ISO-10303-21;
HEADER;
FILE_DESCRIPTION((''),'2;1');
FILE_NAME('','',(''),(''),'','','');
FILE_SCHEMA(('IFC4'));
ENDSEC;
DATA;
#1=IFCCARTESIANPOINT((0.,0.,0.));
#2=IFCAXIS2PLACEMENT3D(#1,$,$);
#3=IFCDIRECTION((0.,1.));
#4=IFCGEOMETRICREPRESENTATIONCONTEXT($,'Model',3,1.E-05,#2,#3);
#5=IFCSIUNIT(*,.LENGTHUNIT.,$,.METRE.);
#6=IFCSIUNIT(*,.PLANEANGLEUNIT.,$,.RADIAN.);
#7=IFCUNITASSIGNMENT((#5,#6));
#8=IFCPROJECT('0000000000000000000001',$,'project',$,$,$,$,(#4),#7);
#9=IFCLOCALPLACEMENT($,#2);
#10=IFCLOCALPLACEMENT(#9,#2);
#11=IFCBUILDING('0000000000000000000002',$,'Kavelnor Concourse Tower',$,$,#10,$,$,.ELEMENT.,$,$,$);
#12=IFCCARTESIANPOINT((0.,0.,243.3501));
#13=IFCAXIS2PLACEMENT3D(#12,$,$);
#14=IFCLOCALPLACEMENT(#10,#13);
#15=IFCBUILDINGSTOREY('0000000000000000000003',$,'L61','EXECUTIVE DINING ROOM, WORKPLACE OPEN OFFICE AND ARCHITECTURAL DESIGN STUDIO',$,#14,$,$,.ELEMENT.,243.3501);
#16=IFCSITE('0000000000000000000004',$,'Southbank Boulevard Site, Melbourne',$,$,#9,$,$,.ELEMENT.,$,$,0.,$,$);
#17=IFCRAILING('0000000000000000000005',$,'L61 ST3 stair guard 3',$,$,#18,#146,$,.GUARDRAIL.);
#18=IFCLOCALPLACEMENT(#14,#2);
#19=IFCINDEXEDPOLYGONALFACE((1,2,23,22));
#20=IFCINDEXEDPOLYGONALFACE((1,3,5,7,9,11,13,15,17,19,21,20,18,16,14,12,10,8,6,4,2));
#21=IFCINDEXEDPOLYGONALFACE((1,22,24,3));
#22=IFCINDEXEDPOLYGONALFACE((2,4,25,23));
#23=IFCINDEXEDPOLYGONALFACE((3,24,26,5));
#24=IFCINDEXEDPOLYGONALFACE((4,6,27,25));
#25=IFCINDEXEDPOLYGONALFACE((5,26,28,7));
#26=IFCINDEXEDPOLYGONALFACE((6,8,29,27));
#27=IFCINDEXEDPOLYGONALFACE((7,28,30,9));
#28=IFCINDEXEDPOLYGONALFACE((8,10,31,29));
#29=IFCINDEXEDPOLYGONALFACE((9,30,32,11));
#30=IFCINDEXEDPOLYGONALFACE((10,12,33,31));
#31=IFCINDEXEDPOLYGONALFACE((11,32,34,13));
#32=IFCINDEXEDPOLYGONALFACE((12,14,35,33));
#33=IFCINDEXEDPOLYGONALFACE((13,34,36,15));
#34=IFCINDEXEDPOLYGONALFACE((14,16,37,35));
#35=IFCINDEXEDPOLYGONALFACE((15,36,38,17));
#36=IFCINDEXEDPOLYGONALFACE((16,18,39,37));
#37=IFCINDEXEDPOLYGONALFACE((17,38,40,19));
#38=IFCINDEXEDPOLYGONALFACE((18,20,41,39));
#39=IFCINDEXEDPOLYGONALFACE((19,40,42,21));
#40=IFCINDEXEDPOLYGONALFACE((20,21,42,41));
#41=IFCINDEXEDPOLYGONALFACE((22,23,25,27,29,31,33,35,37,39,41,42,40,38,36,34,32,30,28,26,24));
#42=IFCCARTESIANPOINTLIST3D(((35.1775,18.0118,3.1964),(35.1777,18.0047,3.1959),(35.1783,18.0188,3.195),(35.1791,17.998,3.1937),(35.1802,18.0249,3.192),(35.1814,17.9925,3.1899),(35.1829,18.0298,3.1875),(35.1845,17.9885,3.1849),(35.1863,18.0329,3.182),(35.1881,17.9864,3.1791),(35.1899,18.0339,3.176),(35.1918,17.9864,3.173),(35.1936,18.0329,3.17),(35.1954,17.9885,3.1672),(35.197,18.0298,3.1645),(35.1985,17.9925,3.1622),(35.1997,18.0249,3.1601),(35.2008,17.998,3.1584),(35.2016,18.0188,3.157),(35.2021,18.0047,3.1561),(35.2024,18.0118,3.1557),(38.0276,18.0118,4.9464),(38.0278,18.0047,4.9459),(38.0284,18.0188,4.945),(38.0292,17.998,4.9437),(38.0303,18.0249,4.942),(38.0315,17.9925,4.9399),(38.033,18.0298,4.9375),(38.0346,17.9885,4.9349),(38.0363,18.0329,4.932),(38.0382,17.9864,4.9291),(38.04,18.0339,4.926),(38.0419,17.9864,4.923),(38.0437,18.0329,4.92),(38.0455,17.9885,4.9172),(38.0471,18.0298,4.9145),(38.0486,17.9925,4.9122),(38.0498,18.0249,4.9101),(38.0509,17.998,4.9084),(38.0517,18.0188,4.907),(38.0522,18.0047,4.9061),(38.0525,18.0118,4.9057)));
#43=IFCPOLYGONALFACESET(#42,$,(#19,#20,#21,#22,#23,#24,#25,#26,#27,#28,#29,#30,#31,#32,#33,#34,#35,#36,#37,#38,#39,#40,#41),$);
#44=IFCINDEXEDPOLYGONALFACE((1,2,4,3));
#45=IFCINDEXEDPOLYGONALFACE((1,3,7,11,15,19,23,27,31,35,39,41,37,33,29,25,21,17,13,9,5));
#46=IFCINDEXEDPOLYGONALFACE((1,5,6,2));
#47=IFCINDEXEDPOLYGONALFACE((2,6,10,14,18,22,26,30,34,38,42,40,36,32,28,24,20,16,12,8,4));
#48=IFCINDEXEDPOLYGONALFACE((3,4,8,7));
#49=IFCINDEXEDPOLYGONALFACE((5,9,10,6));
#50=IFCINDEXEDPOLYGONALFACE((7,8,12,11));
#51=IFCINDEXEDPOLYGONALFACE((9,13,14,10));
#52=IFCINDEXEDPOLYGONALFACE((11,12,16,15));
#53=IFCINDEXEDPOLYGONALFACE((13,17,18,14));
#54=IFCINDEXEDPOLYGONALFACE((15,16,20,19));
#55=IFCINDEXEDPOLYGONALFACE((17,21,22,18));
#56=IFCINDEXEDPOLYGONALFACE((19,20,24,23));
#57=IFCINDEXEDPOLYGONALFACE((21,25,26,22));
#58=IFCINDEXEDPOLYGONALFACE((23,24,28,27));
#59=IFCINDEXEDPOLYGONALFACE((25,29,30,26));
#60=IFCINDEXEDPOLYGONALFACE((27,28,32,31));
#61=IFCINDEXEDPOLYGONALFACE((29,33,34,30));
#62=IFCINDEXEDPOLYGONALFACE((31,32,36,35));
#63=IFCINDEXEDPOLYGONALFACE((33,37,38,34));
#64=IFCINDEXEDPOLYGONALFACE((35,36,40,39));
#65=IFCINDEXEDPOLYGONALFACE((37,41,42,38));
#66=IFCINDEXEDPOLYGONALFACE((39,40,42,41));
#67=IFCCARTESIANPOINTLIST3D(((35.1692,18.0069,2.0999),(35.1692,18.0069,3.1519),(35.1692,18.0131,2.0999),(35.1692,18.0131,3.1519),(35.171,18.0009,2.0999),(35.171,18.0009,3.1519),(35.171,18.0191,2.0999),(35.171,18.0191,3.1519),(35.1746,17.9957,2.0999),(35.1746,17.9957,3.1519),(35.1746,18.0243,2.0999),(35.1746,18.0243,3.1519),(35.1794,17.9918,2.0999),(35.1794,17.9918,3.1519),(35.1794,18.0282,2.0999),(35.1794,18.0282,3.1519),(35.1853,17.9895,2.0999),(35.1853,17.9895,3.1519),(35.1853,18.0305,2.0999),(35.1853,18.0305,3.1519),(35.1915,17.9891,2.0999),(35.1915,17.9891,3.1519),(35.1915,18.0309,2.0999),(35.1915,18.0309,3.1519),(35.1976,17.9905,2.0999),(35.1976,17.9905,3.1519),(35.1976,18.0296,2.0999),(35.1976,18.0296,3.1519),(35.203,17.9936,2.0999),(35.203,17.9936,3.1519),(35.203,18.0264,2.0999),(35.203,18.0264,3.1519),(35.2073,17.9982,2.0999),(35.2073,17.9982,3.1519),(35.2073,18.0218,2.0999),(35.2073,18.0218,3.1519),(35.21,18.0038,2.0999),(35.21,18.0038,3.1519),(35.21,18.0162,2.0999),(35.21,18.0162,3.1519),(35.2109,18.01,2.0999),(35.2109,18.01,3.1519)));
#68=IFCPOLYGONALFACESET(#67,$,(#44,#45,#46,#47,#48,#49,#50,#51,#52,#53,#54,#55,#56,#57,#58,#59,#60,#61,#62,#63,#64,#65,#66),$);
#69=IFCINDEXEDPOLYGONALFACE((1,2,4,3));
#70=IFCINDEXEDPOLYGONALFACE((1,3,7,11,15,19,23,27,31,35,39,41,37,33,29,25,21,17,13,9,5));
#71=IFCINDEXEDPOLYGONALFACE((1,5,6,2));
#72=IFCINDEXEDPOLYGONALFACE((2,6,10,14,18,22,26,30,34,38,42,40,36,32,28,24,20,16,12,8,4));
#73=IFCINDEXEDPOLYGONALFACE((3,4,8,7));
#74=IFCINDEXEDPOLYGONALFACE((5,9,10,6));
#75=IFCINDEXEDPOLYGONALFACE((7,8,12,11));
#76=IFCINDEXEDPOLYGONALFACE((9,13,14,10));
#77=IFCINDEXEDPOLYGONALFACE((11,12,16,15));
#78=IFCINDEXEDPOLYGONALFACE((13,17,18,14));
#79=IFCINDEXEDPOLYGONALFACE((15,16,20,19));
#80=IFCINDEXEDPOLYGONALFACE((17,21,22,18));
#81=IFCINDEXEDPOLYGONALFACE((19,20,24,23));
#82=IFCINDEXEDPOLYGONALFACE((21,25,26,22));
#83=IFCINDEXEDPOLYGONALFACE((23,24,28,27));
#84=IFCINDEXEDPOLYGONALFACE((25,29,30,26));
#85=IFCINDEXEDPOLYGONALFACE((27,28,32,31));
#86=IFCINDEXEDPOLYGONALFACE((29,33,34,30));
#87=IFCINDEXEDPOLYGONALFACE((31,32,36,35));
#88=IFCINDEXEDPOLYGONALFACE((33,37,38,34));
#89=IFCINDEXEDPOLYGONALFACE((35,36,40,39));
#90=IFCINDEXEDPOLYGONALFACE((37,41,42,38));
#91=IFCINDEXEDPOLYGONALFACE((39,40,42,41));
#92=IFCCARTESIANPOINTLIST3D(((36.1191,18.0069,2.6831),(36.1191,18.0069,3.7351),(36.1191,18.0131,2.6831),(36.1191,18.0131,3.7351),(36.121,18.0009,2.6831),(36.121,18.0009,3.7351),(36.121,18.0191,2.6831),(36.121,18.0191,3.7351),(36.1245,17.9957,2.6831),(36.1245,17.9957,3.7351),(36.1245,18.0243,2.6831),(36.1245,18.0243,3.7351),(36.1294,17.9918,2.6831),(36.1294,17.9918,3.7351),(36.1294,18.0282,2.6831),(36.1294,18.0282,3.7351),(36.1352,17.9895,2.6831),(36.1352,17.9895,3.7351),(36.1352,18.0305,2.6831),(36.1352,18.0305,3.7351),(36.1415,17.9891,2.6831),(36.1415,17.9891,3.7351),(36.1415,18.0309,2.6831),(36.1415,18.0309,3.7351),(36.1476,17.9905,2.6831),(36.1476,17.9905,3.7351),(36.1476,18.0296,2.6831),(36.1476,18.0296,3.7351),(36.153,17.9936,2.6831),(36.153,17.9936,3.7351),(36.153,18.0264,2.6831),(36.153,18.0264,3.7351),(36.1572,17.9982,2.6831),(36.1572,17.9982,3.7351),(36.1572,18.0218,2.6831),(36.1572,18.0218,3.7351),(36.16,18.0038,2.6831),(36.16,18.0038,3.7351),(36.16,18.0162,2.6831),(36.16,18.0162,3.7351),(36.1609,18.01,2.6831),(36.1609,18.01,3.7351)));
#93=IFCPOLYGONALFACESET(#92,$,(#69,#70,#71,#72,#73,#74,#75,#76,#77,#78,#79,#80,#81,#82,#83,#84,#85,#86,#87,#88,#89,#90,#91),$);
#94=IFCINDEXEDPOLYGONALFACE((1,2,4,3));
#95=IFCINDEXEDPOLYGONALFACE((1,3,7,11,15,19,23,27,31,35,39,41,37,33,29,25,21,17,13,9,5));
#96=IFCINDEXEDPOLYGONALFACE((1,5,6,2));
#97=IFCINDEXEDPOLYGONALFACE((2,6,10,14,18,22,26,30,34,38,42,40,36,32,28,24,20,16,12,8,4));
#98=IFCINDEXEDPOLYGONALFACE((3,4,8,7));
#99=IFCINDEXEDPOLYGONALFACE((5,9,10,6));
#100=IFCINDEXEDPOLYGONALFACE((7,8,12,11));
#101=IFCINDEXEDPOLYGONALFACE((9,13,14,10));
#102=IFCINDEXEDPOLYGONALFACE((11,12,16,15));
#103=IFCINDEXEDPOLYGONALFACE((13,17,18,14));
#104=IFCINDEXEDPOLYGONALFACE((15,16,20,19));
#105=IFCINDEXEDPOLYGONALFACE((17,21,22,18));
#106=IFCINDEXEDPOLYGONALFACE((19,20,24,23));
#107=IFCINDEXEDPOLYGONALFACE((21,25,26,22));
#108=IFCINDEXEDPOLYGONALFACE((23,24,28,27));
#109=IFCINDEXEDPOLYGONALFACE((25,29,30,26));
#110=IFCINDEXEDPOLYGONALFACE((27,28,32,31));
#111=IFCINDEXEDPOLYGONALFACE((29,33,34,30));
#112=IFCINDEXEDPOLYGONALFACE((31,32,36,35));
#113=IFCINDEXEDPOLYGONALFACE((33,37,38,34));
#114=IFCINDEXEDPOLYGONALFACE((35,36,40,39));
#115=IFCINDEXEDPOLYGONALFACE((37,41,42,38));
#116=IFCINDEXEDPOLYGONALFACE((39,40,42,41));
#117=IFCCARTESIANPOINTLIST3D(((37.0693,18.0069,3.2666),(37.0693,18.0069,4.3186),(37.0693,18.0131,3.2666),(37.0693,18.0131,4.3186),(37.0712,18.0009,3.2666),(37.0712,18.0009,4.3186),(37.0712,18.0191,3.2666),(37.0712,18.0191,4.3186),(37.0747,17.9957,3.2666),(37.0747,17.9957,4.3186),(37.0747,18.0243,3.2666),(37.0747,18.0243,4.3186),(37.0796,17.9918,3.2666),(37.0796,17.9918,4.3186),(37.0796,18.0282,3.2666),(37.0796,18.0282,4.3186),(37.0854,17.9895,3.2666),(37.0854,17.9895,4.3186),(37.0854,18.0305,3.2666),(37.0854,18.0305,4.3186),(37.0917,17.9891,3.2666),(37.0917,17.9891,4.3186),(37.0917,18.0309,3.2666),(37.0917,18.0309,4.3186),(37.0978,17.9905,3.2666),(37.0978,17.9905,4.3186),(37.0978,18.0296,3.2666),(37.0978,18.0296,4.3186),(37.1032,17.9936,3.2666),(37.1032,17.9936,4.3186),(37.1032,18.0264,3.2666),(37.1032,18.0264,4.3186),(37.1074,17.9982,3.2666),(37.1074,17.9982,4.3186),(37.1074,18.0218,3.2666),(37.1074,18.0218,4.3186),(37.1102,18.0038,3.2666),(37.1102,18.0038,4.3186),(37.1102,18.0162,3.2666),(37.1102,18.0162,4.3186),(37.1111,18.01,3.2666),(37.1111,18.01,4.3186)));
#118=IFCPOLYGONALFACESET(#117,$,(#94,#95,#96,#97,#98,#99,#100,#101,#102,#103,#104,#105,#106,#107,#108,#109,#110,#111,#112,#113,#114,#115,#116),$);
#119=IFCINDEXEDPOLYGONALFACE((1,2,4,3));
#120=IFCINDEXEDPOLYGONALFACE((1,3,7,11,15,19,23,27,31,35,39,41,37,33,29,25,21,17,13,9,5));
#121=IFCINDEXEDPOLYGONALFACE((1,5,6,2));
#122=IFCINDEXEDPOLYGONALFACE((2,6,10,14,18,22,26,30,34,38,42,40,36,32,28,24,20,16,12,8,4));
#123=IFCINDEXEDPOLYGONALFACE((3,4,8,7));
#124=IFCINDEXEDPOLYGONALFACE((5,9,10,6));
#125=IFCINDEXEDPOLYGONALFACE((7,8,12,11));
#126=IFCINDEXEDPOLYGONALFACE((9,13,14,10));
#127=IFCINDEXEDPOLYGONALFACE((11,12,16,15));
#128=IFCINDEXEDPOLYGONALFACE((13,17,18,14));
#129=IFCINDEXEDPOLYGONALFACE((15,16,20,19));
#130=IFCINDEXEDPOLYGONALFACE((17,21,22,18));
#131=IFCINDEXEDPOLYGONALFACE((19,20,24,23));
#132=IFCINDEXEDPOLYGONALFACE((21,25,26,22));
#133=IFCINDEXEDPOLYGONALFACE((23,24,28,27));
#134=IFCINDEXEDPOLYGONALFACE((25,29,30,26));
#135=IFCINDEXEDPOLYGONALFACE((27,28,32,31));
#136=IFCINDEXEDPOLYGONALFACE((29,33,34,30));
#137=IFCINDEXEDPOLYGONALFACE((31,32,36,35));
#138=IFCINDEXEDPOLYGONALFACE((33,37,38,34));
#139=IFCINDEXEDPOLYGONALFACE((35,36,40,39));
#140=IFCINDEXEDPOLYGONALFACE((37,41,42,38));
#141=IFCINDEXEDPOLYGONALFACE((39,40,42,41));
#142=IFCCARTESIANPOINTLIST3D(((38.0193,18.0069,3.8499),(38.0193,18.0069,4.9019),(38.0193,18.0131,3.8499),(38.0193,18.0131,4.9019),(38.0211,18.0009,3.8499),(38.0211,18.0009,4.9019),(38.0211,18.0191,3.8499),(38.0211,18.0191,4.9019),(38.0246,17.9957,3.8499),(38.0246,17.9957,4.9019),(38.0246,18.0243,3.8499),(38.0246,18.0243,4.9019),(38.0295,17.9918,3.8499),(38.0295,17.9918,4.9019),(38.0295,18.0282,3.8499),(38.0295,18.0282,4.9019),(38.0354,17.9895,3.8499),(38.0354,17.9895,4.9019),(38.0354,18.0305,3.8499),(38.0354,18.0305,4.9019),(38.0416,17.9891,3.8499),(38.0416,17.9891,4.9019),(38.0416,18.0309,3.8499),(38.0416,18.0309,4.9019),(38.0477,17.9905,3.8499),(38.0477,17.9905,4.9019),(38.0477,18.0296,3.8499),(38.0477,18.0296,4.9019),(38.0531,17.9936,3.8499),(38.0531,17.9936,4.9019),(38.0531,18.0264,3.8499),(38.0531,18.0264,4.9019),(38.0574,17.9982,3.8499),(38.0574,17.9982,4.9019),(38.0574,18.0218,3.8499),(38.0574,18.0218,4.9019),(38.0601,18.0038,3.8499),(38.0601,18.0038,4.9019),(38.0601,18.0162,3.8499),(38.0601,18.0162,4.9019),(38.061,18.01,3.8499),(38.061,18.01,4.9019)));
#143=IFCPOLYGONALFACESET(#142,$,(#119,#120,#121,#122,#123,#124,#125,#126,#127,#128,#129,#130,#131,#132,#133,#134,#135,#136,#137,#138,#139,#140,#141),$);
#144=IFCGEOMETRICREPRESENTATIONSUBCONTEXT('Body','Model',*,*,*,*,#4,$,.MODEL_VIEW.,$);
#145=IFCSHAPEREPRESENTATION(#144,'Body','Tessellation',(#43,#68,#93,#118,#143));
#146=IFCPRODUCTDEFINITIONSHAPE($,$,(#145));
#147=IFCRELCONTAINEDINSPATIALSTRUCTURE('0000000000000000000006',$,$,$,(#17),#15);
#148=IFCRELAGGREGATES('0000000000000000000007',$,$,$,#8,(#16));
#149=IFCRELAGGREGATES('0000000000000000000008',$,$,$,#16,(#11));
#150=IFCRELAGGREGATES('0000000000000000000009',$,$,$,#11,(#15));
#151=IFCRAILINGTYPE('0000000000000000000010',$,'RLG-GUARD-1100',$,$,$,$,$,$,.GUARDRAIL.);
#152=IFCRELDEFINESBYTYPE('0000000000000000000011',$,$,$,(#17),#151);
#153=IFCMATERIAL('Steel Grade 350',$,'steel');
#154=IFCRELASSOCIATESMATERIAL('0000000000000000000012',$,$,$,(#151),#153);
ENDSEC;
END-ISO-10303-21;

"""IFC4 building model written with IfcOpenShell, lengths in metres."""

from ifc_helpers import new_model, si_unit, direction, frame, origin, origin_2d, place, context, subcontext, project, spatial, circle, extrude, material, type_object, element, save


model = new_model("IFC4")

# Units and contexts
model_context = context("Model", 3, precision=1e-05, world=origin(), true_north=direction((0.0, 1.0)))
body_context = subcontext(model_context, "Body", "Model", "MODEL_VIEW")
ifc_project = project(units=[si_unit("LENGTHUNIT", "METRE"), si_unit("PLANEANGLEUNIT", "RADIAN")], contexts=[model_context])

# Site, building, storey
site_placement = place(None, origin())
site = spatial("IfcSite", under=ifc_project, at=site_placement, Name="Southbank Boulevard Site, Melbourne", CompositionType="ELEMENT", RefElevation=0.0)
building_placement = place(site_placement, origin())
building = spatial("IfcBuilding", under=site, at=building_placement, Name="Kavelnor Concourse Tower", CompositionType="ELEMENT")
storey_placement = place(building_placement, frame((0.0, 0.0, 243.3501)))
storey = spatial("IfcBuildingStorey", under=building, at=storey_placement, Name="L61", Description="EXECUTIVE DINING ROOM, WORKPLACE OPEN OFFICE AND ARCHITECTURAL DESIGN STUDIO", CompositionType="ELEMENT", Elevation=243.3501)

# Shared definitions
ifc_material_1 = material(Name="Steel Grade 350", Category="steel")

# Railing
railing_type = type_object("IfcRailingType", Name="RLG-GUARD-1100", PredefinedType="GUARDRAIL", material=ifc_material_1)
railing_1_placement = place(storey_placement, frame((35.1899, 18.01, 2.0999)))
element("IfcRailing", 1, at=railing_1_placement, inside=storey, type_object=railing_type, Name="L61 ST3 stair guard 3", PredefinedType="GUARDRAIL", context=body_context, shape_type="SweptSolid", body=[
    extrude(circle(Radius=0.0239, at=origin_2d()), frame((0.0, 0.0, 1.0762), z_axis=(0.852179, 0.0, 0.52325), x_axis=(0.0, 1.0, 0.0)), (0.0, 0.0, 1.0), 3.3445),
    extrude(circle(Radius=0.021, at=origin_2d()), origin(), (0.0, 0.0, 1.0), 1.052),
    extrude(circle(Radius=0.021, at=origin_2d()), frame((0.95, 0.0, 0.5833)), (0.0, 0.0, 1.0), 1.052),
    extrude(circle(Radius=0.021, at=origin_2d()), frame((1.9001, 0.0, 1.1667)), (0.0, 0.0, 1.0), 1.052),
    extrude(circle(Radius=0.021, at=origin_2d()), frame((2.8501, 0.0, 1.75)), (0.0, 0.0, 1.0), 1.052),
])

save(model, "model.ifc")
